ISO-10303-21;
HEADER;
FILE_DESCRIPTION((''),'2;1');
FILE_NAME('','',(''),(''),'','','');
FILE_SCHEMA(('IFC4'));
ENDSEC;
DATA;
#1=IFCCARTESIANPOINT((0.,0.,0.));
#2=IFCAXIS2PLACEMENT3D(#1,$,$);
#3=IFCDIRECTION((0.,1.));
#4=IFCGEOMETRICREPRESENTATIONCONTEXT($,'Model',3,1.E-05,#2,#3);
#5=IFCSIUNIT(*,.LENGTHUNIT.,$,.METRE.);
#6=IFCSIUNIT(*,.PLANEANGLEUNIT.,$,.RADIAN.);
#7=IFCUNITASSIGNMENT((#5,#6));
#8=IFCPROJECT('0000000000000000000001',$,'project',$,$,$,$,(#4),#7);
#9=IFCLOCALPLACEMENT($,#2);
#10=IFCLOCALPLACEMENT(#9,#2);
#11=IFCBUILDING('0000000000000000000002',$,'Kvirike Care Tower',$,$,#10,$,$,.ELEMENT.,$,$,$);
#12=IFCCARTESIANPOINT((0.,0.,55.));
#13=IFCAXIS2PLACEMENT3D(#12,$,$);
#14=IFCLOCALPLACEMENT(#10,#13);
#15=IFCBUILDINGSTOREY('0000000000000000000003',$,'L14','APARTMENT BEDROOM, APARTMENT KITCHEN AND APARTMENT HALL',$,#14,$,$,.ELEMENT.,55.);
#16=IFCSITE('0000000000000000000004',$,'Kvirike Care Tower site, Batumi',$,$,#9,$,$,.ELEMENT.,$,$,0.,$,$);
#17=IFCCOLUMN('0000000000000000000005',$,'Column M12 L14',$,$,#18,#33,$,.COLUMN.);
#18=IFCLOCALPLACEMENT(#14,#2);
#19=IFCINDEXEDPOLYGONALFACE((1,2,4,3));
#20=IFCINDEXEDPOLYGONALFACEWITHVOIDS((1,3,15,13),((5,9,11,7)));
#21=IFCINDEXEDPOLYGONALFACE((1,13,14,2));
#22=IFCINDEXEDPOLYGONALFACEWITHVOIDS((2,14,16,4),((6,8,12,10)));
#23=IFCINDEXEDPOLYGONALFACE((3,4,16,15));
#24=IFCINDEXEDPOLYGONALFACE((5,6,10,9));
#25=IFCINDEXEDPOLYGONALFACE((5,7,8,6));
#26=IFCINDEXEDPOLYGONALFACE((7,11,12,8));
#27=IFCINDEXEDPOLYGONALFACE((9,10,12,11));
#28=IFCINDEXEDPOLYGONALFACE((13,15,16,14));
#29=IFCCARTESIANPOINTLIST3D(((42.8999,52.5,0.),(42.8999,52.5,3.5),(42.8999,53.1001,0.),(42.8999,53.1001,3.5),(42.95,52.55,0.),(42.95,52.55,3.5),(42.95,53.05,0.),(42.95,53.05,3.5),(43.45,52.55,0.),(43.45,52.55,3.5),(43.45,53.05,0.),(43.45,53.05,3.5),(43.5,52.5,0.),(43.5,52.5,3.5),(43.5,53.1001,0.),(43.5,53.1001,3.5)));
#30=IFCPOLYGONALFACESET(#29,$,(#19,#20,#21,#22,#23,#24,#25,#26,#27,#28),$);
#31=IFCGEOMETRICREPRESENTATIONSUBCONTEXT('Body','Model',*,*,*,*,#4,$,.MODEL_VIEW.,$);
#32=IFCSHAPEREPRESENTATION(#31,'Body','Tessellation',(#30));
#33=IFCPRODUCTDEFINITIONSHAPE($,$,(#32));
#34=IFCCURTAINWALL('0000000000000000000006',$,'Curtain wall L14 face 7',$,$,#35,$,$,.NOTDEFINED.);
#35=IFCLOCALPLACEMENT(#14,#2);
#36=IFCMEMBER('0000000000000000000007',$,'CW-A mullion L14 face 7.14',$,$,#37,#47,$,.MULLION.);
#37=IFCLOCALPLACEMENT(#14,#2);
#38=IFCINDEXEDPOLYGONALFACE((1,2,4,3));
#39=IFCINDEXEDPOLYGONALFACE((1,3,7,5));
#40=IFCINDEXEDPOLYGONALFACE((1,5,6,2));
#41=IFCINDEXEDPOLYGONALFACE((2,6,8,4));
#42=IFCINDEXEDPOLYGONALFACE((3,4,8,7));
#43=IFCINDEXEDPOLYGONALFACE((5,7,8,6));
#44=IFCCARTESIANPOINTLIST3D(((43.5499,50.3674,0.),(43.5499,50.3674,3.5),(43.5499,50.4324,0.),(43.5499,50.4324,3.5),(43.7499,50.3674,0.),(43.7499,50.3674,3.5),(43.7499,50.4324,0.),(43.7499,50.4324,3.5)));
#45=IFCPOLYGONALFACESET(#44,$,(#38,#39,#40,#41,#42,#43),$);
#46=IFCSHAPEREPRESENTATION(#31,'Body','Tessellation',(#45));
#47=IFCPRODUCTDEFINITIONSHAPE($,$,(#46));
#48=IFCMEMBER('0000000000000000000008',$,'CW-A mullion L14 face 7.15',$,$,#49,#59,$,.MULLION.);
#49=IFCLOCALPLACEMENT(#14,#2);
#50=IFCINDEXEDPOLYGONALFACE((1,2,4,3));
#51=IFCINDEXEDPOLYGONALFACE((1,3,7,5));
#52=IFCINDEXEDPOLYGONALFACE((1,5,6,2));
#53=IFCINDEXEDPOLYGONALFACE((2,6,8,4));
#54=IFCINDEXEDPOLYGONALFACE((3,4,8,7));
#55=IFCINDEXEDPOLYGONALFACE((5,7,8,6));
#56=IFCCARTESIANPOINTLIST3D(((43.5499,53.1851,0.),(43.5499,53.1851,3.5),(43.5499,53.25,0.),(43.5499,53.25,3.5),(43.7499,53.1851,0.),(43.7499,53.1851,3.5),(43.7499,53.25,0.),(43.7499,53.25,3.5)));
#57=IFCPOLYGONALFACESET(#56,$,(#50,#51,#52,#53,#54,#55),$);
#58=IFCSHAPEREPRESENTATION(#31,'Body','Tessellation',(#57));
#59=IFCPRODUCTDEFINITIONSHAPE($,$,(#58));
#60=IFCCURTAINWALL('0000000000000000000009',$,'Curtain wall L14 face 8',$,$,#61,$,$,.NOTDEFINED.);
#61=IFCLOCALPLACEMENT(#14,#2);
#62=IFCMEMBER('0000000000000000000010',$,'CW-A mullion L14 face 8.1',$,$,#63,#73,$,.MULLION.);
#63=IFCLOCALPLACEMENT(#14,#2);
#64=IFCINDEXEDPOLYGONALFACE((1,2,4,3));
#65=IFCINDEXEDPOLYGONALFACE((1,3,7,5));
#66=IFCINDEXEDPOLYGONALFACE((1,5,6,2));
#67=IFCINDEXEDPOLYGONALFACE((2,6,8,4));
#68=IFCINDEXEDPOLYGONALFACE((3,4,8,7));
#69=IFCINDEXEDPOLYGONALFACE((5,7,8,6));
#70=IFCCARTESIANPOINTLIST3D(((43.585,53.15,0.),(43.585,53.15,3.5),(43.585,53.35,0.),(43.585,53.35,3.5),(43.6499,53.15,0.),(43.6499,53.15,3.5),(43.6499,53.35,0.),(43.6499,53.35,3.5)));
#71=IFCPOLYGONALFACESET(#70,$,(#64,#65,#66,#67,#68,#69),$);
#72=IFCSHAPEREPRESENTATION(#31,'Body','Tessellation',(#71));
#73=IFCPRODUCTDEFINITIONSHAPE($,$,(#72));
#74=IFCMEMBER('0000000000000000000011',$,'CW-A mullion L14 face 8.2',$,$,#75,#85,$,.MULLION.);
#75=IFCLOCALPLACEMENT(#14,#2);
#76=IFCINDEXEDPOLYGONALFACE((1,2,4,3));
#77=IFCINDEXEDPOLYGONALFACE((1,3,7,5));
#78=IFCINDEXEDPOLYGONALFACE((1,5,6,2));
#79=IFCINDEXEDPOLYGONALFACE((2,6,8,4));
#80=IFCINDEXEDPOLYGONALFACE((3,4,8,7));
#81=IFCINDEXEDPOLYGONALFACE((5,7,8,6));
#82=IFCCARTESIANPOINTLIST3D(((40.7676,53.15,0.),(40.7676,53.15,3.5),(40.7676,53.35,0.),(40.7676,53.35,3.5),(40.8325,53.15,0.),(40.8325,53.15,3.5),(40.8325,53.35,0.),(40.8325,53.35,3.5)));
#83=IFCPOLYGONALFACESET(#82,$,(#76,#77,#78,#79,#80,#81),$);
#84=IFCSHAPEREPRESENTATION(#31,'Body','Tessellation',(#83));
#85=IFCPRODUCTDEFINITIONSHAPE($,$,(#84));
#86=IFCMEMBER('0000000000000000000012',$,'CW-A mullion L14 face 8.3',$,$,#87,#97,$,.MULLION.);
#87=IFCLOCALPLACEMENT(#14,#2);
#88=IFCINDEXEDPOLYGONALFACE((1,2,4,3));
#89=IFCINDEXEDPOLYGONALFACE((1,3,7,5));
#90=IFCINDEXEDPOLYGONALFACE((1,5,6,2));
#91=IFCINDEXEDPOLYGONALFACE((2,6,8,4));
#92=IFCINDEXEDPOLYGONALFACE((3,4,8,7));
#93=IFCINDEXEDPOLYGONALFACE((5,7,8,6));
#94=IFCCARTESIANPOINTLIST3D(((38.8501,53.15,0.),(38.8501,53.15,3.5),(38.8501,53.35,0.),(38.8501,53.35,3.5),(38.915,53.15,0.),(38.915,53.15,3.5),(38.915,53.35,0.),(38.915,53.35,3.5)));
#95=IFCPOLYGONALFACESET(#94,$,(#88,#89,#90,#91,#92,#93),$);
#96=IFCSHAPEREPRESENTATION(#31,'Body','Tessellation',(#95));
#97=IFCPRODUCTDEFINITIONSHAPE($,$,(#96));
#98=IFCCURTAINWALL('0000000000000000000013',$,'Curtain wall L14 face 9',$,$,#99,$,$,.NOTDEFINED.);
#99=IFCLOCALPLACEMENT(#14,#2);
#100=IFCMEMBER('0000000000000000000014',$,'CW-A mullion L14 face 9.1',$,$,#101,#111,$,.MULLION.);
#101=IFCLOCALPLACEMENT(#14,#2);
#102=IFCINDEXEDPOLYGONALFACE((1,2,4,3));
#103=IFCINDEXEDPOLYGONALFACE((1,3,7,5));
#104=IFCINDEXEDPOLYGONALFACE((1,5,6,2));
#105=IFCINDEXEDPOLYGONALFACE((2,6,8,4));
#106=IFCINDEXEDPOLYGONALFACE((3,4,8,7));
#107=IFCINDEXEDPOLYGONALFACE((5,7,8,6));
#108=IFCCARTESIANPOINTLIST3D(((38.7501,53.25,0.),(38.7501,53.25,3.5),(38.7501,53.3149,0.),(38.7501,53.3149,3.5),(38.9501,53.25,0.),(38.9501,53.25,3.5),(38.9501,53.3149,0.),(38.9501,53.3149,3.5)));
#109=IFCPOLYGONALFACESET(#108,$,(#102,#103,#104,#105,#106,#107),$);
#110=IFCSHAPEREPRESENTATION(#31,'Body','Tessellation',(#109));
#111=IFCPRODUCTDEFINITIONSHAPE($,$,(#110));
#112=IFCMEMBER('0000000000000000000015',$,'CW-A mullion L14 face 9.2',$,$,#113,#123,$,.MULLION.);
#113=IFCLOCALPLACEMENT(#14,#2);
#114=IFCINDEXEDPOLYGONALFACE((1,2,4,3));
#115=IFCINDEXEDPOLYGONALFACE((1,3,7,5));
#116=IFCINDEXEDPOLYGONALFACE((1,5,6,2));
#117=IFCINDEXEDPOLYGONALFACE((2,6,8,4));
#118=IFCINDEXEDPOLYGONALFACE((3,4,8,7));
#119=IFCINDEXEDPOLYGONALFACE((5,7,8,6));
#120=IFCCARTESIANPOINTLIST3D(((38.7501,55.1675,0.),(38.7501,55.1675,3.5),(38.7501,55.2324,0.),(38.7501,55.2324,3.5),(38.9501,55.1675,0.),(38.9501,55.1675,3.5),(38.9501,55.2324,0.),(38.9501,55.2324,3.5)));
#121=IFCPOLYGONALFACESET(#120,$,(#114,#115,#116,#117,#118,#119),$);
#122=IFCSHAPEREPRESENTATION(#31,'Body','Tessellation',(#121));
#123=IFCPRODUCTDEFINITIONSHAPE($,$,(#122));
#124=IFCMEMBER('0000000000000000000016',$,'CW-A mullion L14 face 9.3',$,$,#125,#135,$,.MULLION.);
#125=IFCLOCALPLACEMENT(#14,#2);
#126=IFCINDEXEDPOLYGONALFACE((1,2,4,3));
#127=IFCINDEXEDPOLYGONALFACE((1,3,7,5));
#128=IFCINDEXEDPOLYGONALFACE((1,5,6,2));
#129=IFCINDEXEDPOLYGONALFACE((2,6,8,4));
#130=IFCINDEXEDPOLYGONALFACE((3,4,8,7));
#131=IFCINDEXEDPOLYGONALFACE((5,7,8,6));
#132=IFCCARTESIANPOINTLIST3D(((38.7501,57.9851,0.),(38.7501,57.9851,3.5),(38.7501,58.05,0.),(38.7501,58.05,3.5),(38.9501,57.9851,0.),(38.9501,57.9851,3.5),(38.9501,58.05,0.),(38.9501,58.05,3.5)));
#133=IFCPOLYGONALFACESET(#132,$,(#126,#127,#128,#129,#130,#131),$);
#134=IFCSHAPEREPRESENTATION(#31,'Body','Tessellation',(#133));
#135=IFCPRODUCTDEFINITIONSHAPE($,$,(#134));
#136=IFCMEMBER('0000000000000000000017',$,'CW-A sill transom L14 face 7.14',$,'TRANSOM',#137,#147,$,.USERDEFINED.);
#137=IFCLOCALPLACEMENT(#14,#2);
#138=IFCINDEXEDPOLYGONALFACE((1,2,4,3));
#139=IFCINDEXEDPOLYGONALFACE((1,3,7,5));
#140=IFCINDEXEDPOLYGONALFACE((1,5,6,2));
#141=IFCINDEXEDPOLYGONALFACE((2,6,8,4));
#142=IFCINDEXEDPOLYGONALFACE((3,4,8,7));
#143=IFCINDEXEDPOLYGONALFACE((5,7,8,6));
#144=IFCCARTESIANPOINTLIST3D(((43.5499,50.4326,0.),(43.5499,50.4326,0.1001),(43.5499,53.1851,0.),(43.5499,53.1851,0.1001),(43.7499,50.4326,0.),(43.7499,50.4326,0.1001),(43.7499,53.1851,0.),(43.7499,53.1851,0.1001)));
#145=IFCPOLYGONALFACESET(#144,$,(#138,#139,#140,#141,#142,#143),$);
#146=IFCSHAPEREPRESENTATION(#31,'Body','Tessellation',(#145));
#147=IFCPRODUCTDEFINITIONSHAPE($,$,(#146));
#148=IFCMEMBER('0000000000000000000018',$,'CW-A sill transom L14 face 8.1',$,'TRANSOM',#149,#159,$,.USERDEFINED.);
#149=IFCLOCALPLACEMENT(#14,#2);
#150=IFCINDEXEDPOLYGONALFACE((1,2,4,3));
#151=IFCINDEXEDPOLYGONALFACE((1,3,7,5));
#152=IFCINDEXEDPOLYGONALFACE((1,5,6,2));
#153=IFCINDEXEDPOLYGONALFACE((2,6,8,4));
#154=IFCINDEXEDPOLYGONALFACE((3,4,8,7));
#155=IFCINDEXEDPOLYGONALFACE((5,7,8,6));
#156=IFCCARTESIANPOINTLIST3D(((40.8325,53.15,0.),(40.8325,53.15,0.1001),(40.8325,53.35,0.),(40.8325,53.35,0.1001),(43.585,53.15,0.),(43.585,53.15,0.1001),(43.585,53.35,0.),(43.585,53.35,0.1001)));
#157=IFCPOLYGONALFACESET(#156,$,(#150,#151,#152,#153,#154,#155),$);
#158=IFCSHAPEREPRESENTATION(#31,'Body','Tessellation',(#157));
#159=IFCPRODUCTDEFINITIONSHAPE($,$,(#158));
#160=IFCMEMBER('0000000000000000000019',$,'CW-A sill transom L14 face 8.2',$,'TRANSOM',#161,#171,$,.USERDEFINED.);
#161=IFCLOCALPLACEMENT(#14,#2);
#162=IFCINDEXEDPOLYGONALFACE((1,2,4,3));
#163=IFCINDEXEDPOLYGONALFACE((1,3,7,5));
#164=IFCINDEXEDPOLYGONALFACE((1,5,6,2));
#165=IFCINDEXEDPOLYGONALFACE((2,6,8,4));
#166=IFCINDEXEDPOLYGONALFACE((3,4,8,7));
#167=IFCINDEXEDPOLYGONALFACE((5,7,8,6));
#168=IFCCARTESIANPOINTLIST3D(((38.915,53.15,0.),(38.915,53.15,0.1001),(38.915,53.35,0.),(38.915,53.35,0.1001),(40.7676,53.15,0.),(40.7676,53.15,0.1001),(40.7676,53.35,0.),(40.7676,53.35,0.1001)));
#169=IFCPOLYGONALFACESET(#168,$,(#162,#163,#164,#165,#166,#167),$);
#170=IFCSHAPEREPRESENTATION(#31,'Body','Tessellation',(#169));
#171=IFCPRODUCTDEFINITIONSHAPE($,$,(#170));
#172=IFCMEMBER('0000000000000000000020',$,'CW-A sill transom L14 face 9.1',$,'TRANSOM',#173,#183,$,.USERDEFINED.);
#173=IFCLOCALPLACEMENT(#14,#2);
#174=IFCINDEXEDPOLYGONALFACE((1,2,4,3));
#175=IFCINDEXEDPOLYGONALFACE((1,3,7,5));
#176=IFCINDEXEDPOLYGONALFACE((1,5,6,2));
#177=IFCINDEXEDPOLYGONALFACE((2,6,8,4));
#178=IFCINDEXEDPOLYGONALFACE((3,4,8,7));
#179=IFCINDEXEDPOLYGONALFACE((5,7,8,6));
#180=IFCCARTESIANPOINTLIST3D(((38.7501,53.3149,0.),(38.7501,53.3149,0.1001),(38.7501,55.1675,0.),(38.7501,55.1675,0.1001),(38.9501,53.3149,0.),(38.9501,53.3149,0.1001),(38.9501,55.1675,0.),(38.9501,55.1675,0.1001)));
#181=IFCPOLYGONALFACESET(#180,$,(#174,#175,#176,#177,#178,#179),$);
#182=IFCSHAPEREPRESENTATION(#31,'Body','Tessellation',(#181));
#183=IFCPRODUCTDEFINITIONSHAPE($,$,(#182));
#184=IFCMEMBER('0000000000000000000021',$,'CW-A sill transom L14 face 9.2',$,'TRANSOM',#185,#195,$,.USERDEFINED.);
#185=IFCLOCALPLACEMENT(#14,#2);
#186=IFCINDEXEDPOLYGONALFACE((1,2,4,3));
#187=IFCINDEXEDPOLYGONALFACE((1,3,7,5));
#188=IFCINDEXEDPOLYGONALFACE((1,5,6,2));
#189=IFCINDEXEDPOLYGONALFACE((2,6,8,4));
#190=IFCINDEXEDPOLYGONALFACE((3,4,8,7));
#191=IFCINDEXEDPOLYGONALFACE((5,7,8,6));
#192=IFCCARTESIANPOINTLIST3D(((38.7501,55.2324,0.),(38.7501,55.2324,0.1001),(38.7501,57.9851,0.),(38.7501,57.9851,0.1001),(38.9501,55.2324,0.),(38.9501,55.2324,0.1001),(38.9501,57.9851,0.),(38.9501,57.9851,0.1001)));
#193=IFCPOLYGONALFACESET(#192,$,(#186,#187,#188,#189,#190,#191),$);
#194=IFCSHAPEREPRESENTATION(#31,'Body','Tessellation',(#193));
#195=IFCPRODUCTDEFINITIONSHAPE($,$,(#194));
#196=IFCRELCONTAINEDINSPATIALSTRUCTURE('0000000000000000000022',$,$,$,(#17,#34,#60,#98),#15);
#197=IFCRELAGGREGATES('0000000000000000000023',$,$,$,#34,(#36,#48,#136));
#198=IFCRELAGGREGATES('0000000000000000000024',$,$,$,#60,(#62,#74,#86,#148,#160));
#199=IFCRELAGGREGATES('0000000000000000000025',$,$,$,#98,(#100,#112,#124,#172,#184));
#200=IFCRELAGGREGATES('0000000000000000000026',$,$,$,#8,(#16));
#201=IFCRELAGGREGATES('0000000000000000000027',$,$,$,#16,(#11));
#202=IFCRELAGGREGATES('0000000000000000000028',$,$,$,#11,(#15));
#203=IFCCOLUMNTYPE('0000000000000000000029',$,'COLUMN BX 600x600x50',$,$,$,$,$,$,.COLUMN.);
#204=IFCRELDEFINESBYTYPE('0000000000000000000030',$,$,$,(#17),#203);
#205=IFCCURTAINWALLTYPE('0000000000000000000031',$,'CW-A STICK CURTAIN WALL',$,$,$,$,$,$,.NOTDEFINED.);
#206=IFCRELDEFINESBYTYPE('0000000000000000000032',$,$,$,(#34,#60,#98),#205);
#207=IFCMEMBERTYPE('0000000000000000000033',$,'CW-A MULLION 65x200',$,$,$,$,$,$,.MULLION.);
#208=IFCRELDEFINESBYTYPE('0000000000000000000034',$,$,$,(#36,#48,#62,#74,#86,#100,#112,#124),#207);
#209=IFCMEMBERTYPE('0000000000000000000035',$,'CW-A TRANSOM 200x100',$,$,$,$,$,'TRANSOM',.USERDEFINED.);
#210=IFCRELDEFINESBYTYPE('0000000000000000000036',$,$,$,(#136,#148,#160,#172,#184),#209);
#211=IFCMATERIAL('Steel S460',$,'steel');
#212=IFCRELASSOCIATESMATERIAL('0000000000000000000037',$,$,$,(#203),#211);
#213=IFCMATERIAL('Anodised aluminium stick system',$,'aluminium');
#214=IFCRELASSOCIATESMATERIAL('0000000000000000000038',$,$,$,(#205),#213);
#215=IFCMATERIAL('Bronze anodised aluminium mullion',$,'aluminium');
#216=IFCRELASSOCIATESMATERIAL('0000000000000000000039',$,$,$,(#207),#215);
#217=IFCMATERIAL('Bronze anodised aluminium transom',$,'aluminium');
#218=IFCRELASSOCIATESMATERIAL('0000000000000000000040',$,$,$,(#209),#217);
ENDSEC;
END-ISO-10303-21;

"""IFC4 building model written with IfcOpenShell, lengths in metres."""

from ifc_helpers import new_model, si_unit, direction, frame, origin, origin_2d, place, context, subcontext, project, spatial, rectangle, hollow_rectangle, extrude, material, material_profile, profile_set, type_object, element, aggregate, save


model = new_model("IFC4")

# Units and contexts
model_context = context("Model", 3, precision=1e-05, world=origin(), true_north=direction((0.0, 1.0)))
body_context = subcontext(model_context, "Body", "Model", "MODEL_VIEW")
ifc_project = project(units=[si_unit("LENGTHUNIT", "METRE"), si_unit("PLANEANGLEUNIT", "RADIAN")], contexts=[model_context])

# Site, building, storey
site_placement = place(None, origin())
site = spatial("IfcSite", under=ifc_project, at=site_placement, Name="Kvirike Care Tower site, Batumi", CompositionType="ELEMENT", RefElevation=0.0)
building_placement = place(site_placement, origin())
building = spatial("IfcBuilding", under=site, at=building_placement, Name="Kvirike Care Tower", CompositionType="ELEMENT")
storey_placement = place(building_placement, frame((0.0, 0.0, 55.0)))
storey = spatial("IfcBuildingStorey", under=building, at=storey_placement, Name="L14", Description="APARTMENT BEDROOM, APARTMENT KITCHEN AND APARTMENT HALL", CompositionType="ELEMENT", Elevation=55.0)

# Column
ifc_material_1 = material(Name="Steel S460", Category="steel")
ifc_material_profile_1 = material_profile(ifc_material_1, hollow_rectangle(XDim=0.6001, YDim=0.6001, WallThickness=0.05, at=origin_2d()), Name="BX 600x600x50")
ifc_profile_set_1 = profile_set([ifc_material_profile_1], Name="Steel S460")
column_type = type_object("IfcColumnType", Name="COLUMN BX 600x600x50", PredefinedType="COLUMN", material=ifc_profile_set_1)
column_placement = place(storey_placement, frame((43.2, 52.8, 0.0), z_axis=(0.0, 0.0, 1.0), x_axis=(0.0, 1.0, 0.0)))
element("IfcColumn", 1, at=column_placement, inside=storey, type_object=column_type, Name="Column M12 L14", PredefinedType="COLUMN", context=body_context, shape_type="SweptSolid", body=[
    extrude(hollow_rectangle(XDim=0.6001, YDim=0.6001, WallThickness=0.05, at=origin_2d()), origin(), (0.0, 0.0, 1.0), 3.5),
])

# Curtain walls, members
ifc_material_2 = material(Name="Anodised aluminium stick system", Category="aluminium")
curtain_wall_type = type_object("IfcCurtainWallType", Name="CW-A STICK CURTAIN WALL", PredefinedType="NOTDEFINED", material=ifc_material_2)
curtain_wall_1_placement = place(storey_placement, origin())
curtain_wall_1 = element("IfcCurtainWall", 2, at=curtain_wall_1_placement, inside=storey, type_object=curtain_wall_type, Name="Curtain wall L14 face 7", PredefinedType="NOTDEFINED")
ifc_material_3 = material(Name="Bronze anodised aluminium mullion", Category="aluminium")
ifc_material_profile_2 = material_profile(ifc_material_3, rectangle(XDim=0.0649, YDim=0.2, at=origin_2d()), Name="CW-A MULLION 65x200")
ifc_profile_set_2 = profile_set([ifc_material_profile_2], Name="Bronze anodised aluminium mullion")
member_type_1 = type_object("IfcMemberType", Name="CW-A MULLION 65x200", PredefinedType="MULLION", material=ifc_profile_set_2)
member_1_placement = place(storey_placement, frame((43.6499, 50.3999, 0.0), z_axis=(0.0, 0.0, 1.0), x_axis=(0.0, 1.0, 0.0)))
member_1 = element("IfcMember", 3, at=member_1_placement, type_object=member_type_1, Name="CW-A mullion L14 face 7.14", PredefinedType="MULLION", context=body_context, shape_type="SweptSolid", body=[
    extrude(rectangle(XDim=0.0649, YDim=0.2, at=origin_2d()), origin(), (0.0, 0.0, 1.0), 3.5),
])
member_2_placement = place(storey_placement, frame((43.6499, 53.2175, 0.0), z_axis=(0.0, 0.0, 1.0), x_axis=(0.0, 1.0, 0.0)))
member_2 = element("IfcMember", 4, at=member_2_placement, type_object=member_type_1, Name="CW-A mullion L14 face 7.15", PredefinedType="MULLION", context=body_context, shape_type="SweptSolid", body=[
    extrude(rectangle(XDim=0.0649, YDim=0.2, at=origin_2d()), origin(), (0.0, 0.0, 1.0), 3.5),
])
curtain_wall_2_placement = place(storey_placement, origin())
curtain_wall_2 = element("IfcCurtainWall", 5, at=curtain_wall_2_placement, inside=storey, type_object=curtain_wall_type, Name="Curtain wall L14 face 8", PredefinedType="NOTDEFINED")
member_3_placement = place(storey_placement, frame((43.6174, 53.25, 0.0), z_axis=(0.0, 0.0, 1.0), x_axis=(-1.0, 0.0, 0.0)))
member_3 = element("IfcMember", 6, at=member_3_placement, type_object=member_type_1, Name="CW-A mullion L14 face 8.1", PredefinedType="MULLION", context=body_context, shape_type="SweptSolid", body=[
    extrude(rectangle(XDim=0.0649, YDim=0.2, at=origin_2d()), origin(), (0.0, 0.0, 1.0), 3.5),
])
member_4_placement = place(storey_placement, frame((40.8, 53.25, 0.0), z_axis=(0.0, 0.0, 1.0), x_axis=(-1.0, 0.0, 0.0)))
member_4 = element("IfcMember", 7, at=member_4_placement, type_object=member_type_1, Name="CW-A mullion L14 face 8.2", PredefinedType="MULLION", context=body_context, shape_type="SweptSolid", body=[
    extrude(rectangle(XDim=0.0649, YDim=0.2, at=origin_2d()), origin(), (0.0, 0.0, 1.0), 3.5),
])
member_5_placement = place(storey_placement, frame((38.8826, 53.25, 0.0), z_axis=(0.0, 0.0, 1.0), x_axis=(-1.0, 0.0, 0.0)))
member_5 = element("IfcMember", 8, at=member_5_placement, type_object=member_type_1, Name="CW-A mullion L14 face 8.3", PredefinedType="MULLION", context=body_context, shape_type="SweptSolid", body=[
    extrude(rectangle(XDim=0.0649, YDim=0.2, at=origin_2d()), origin(), (0.0, 0.0, 1.0), 3.5),
])
curtain_wall_3_placement = place(storey_placement, origin())
curtain_wall_3 = element("IfcCurtainWall", 9, at=curtain_wall_3_placement, inside=storey, type_object=curtain_wall_type, Name="Curtain wall L14 face 9", PredefinedType="NOTDEFINED")
member_6_placement = place(storey_placement, frame((38.8501, 53.2825, 0.0), z_axis=(0.0, 0.0, 1.0), x_axis=(0.0, 1.0, 0.0)))
member_6 = element("IfcMember", 10, at=member_6_placement, type_object=member_type_1, Name="CW-A mullion L14 face 9.1", PredefinedType="MULLION", context=body_context, shape_type="SweptSolid", body=[
    extrude(rectangle(XDim=0.0649, YDim=0.2, at=origin_2d()), origin(), (0.0, 0.0, 1.0), 3.5),
])
member_7_placement = place(storey_placement, frame((38.8501, 55.2, 0.0), z_axis=(0.0, 0.0, 1.0), x_axis=(0.0, 1.0, 0.0)))
member_7 = element("IfcMember", 11, at=member_7_placement, type_object=member_type_1, Name="CW-A mullion L14 face 9.2", PredefinedType="MULLION", context=body_context, shape_type="SweptSolid", body=[
    extrude(rectangle(XDim=0.0649, YDim=0.2, at=origin_2d()), origin(), (0.0, 0.0, 1.0), 3.5),
])
member_8_placement = place(storey_placement, frame((38.8501, 58.0176, 0.0), z_axis=(0.0, 0.0, 1.0), x_axis=(0.0, 1.0, 0.0)))
member_8 = element("IfcMember", 12, at=member_8_placement, type_object=member_type_1, Name="CW-A mullion L14 face 9.3", PredefinedType="MULLION", context=body_context, shape_type="SweptSolid", body=[
    extrude(rectangle(XDim=0.0649, YDim=0.2, at=origin_2d()), origin(), (0.0, 0.0, 1.0), 3.5),
])

# Members
ifc_material_4 = material(Name="Bronze anodised aluminium transom", Category="aluminium")
ifc_material_profile_3 = material_profile(ifc_material_4, rectangle(XDim=0.2, YDim=0.1001, at=origin_2d()), Name="CW-A TRANSOM 200x100")
ifc_profile_set_3 = profile_set([ifc_material_profile_3], Name="Bronze anodised aluminium transom")
member_type_2 = type_object("IfcMemberType", Name="CW-A TRANSOM 200x100", ElementType="TRANSOM", PredefinedType="USERDEFINED", material=ifc_profile_set_3)
member_9_placement = place(storey_placement, frame((43.6499, 50.4326, 0.05), z_axis=(0.0, 1.0, 0.0), x_axis=(-1.0, 0.0, 0.0)))
member_9 = element("IfcMember", 13, at=member_9_placement, type_object=member_type_2, Name="CW-A sill transom L14 face 7.14", ObjectType="TRANSOM", PredefinedType="USERDEFINED", context=body_context, shape_type="SweptSolid", body=[
    extrude(rectangle(XDim=0.2, YDim=0.1001, at=origin_2d()), origin(), (0.0, 0.0, 1.0), 2.7524),
])
member_10_placement = place(storey_placement, frame((43.585, 53.25, 0.05), z_axis=(-1.0, 0.0, 0.0), x_axis=(0.0, -1.0, 0.0)))
member_10 = element("IfcMember", 14, at=member_10_placement, type_object=member_type_2, Name="CW-A sill transom L14 face 8.1", ObjectType="TRANSOM", PredefinedType="USERDEFINED", context=body_context, shape_type="SweptSolid", body=[
    extrude(rectangle(XDim=0.2, YDim=0.1001, at=origin_2d()), origin(), (0.0, 0.0, 1.0), 2.7524),
])
member_11_placement = place(storey_placement, frame((40.7676, 53.25, 0.05), z_axis=(-1.0, 0.0, 0.0), x_axis=(0.0, -1.0, 0.0)))
member_11 = element("IfcMember", 15, at=member_11_placement, type_object=member_type_2, Name="CW-A sill transom L14 face 8.2", ObjectType="TRANSOM", PredefinedType="USERDEFINED", context=body_context, shape_type="SweptSolid", body=[
    extrude(rectangle(XDim=0.2, YDim=0.1001, at=origin_2d()), origin(), (0.0, 0.0, 1.0), 1.8525),
])
member_12_placement = place(storey_placement, frame((38.8501, 53.3149, 0.05), z_axis=(0.0, 1.0, 0.0), x_axis=(-1.0, 0.0, 0.0)))
member_12 = element("IfcMember", 16, at=member_12_placement, type_object=member_type_2, Name="CW-A sill transom L14 face 9.1", ObjectType="TRANSOM", PredefinedType="USERDEFINED", context=body_context, shape_type="SweptSolid", body=[
    extrude(rectangle(XDim=0.2, YDim=0.1001, at=origin_2d()), origin(), (0.0, 0.0, 1.0), 1.8525),
])
member_13_placement = place(storey_placement, frame((38.8501, 55.2324, 0.05), z_axis=(0.0, 1.0, 0.0), x_axis=(-1.0, 0.0, 0.0)))
member_13 = element("IfcMember", 17, at=member_13_placement, type_object=member_type_2, Name="CW-A sill transom L14 face 9.2", ObjectType="TRANSOM", PredefinedType="USERDEFINED", context=body_context, shape_type="SweptSolid", body=[
    extrude(rectangle(XDim=0.2, YDim=0.1001, at=origin_2d()), origin(), (0.0, 0.0, 1.0), 2.7527),
])

aggregate(curtain_wall_1, [member_1, member_2, member_9])
aggregate(curtain_wall_2, [member_3, member_4, member_5, member_10, member_11])
aggregate(curtain_wall_3, [member_6, member_7, member_8, member_12, member_13])

save(model, "model.ifc")
